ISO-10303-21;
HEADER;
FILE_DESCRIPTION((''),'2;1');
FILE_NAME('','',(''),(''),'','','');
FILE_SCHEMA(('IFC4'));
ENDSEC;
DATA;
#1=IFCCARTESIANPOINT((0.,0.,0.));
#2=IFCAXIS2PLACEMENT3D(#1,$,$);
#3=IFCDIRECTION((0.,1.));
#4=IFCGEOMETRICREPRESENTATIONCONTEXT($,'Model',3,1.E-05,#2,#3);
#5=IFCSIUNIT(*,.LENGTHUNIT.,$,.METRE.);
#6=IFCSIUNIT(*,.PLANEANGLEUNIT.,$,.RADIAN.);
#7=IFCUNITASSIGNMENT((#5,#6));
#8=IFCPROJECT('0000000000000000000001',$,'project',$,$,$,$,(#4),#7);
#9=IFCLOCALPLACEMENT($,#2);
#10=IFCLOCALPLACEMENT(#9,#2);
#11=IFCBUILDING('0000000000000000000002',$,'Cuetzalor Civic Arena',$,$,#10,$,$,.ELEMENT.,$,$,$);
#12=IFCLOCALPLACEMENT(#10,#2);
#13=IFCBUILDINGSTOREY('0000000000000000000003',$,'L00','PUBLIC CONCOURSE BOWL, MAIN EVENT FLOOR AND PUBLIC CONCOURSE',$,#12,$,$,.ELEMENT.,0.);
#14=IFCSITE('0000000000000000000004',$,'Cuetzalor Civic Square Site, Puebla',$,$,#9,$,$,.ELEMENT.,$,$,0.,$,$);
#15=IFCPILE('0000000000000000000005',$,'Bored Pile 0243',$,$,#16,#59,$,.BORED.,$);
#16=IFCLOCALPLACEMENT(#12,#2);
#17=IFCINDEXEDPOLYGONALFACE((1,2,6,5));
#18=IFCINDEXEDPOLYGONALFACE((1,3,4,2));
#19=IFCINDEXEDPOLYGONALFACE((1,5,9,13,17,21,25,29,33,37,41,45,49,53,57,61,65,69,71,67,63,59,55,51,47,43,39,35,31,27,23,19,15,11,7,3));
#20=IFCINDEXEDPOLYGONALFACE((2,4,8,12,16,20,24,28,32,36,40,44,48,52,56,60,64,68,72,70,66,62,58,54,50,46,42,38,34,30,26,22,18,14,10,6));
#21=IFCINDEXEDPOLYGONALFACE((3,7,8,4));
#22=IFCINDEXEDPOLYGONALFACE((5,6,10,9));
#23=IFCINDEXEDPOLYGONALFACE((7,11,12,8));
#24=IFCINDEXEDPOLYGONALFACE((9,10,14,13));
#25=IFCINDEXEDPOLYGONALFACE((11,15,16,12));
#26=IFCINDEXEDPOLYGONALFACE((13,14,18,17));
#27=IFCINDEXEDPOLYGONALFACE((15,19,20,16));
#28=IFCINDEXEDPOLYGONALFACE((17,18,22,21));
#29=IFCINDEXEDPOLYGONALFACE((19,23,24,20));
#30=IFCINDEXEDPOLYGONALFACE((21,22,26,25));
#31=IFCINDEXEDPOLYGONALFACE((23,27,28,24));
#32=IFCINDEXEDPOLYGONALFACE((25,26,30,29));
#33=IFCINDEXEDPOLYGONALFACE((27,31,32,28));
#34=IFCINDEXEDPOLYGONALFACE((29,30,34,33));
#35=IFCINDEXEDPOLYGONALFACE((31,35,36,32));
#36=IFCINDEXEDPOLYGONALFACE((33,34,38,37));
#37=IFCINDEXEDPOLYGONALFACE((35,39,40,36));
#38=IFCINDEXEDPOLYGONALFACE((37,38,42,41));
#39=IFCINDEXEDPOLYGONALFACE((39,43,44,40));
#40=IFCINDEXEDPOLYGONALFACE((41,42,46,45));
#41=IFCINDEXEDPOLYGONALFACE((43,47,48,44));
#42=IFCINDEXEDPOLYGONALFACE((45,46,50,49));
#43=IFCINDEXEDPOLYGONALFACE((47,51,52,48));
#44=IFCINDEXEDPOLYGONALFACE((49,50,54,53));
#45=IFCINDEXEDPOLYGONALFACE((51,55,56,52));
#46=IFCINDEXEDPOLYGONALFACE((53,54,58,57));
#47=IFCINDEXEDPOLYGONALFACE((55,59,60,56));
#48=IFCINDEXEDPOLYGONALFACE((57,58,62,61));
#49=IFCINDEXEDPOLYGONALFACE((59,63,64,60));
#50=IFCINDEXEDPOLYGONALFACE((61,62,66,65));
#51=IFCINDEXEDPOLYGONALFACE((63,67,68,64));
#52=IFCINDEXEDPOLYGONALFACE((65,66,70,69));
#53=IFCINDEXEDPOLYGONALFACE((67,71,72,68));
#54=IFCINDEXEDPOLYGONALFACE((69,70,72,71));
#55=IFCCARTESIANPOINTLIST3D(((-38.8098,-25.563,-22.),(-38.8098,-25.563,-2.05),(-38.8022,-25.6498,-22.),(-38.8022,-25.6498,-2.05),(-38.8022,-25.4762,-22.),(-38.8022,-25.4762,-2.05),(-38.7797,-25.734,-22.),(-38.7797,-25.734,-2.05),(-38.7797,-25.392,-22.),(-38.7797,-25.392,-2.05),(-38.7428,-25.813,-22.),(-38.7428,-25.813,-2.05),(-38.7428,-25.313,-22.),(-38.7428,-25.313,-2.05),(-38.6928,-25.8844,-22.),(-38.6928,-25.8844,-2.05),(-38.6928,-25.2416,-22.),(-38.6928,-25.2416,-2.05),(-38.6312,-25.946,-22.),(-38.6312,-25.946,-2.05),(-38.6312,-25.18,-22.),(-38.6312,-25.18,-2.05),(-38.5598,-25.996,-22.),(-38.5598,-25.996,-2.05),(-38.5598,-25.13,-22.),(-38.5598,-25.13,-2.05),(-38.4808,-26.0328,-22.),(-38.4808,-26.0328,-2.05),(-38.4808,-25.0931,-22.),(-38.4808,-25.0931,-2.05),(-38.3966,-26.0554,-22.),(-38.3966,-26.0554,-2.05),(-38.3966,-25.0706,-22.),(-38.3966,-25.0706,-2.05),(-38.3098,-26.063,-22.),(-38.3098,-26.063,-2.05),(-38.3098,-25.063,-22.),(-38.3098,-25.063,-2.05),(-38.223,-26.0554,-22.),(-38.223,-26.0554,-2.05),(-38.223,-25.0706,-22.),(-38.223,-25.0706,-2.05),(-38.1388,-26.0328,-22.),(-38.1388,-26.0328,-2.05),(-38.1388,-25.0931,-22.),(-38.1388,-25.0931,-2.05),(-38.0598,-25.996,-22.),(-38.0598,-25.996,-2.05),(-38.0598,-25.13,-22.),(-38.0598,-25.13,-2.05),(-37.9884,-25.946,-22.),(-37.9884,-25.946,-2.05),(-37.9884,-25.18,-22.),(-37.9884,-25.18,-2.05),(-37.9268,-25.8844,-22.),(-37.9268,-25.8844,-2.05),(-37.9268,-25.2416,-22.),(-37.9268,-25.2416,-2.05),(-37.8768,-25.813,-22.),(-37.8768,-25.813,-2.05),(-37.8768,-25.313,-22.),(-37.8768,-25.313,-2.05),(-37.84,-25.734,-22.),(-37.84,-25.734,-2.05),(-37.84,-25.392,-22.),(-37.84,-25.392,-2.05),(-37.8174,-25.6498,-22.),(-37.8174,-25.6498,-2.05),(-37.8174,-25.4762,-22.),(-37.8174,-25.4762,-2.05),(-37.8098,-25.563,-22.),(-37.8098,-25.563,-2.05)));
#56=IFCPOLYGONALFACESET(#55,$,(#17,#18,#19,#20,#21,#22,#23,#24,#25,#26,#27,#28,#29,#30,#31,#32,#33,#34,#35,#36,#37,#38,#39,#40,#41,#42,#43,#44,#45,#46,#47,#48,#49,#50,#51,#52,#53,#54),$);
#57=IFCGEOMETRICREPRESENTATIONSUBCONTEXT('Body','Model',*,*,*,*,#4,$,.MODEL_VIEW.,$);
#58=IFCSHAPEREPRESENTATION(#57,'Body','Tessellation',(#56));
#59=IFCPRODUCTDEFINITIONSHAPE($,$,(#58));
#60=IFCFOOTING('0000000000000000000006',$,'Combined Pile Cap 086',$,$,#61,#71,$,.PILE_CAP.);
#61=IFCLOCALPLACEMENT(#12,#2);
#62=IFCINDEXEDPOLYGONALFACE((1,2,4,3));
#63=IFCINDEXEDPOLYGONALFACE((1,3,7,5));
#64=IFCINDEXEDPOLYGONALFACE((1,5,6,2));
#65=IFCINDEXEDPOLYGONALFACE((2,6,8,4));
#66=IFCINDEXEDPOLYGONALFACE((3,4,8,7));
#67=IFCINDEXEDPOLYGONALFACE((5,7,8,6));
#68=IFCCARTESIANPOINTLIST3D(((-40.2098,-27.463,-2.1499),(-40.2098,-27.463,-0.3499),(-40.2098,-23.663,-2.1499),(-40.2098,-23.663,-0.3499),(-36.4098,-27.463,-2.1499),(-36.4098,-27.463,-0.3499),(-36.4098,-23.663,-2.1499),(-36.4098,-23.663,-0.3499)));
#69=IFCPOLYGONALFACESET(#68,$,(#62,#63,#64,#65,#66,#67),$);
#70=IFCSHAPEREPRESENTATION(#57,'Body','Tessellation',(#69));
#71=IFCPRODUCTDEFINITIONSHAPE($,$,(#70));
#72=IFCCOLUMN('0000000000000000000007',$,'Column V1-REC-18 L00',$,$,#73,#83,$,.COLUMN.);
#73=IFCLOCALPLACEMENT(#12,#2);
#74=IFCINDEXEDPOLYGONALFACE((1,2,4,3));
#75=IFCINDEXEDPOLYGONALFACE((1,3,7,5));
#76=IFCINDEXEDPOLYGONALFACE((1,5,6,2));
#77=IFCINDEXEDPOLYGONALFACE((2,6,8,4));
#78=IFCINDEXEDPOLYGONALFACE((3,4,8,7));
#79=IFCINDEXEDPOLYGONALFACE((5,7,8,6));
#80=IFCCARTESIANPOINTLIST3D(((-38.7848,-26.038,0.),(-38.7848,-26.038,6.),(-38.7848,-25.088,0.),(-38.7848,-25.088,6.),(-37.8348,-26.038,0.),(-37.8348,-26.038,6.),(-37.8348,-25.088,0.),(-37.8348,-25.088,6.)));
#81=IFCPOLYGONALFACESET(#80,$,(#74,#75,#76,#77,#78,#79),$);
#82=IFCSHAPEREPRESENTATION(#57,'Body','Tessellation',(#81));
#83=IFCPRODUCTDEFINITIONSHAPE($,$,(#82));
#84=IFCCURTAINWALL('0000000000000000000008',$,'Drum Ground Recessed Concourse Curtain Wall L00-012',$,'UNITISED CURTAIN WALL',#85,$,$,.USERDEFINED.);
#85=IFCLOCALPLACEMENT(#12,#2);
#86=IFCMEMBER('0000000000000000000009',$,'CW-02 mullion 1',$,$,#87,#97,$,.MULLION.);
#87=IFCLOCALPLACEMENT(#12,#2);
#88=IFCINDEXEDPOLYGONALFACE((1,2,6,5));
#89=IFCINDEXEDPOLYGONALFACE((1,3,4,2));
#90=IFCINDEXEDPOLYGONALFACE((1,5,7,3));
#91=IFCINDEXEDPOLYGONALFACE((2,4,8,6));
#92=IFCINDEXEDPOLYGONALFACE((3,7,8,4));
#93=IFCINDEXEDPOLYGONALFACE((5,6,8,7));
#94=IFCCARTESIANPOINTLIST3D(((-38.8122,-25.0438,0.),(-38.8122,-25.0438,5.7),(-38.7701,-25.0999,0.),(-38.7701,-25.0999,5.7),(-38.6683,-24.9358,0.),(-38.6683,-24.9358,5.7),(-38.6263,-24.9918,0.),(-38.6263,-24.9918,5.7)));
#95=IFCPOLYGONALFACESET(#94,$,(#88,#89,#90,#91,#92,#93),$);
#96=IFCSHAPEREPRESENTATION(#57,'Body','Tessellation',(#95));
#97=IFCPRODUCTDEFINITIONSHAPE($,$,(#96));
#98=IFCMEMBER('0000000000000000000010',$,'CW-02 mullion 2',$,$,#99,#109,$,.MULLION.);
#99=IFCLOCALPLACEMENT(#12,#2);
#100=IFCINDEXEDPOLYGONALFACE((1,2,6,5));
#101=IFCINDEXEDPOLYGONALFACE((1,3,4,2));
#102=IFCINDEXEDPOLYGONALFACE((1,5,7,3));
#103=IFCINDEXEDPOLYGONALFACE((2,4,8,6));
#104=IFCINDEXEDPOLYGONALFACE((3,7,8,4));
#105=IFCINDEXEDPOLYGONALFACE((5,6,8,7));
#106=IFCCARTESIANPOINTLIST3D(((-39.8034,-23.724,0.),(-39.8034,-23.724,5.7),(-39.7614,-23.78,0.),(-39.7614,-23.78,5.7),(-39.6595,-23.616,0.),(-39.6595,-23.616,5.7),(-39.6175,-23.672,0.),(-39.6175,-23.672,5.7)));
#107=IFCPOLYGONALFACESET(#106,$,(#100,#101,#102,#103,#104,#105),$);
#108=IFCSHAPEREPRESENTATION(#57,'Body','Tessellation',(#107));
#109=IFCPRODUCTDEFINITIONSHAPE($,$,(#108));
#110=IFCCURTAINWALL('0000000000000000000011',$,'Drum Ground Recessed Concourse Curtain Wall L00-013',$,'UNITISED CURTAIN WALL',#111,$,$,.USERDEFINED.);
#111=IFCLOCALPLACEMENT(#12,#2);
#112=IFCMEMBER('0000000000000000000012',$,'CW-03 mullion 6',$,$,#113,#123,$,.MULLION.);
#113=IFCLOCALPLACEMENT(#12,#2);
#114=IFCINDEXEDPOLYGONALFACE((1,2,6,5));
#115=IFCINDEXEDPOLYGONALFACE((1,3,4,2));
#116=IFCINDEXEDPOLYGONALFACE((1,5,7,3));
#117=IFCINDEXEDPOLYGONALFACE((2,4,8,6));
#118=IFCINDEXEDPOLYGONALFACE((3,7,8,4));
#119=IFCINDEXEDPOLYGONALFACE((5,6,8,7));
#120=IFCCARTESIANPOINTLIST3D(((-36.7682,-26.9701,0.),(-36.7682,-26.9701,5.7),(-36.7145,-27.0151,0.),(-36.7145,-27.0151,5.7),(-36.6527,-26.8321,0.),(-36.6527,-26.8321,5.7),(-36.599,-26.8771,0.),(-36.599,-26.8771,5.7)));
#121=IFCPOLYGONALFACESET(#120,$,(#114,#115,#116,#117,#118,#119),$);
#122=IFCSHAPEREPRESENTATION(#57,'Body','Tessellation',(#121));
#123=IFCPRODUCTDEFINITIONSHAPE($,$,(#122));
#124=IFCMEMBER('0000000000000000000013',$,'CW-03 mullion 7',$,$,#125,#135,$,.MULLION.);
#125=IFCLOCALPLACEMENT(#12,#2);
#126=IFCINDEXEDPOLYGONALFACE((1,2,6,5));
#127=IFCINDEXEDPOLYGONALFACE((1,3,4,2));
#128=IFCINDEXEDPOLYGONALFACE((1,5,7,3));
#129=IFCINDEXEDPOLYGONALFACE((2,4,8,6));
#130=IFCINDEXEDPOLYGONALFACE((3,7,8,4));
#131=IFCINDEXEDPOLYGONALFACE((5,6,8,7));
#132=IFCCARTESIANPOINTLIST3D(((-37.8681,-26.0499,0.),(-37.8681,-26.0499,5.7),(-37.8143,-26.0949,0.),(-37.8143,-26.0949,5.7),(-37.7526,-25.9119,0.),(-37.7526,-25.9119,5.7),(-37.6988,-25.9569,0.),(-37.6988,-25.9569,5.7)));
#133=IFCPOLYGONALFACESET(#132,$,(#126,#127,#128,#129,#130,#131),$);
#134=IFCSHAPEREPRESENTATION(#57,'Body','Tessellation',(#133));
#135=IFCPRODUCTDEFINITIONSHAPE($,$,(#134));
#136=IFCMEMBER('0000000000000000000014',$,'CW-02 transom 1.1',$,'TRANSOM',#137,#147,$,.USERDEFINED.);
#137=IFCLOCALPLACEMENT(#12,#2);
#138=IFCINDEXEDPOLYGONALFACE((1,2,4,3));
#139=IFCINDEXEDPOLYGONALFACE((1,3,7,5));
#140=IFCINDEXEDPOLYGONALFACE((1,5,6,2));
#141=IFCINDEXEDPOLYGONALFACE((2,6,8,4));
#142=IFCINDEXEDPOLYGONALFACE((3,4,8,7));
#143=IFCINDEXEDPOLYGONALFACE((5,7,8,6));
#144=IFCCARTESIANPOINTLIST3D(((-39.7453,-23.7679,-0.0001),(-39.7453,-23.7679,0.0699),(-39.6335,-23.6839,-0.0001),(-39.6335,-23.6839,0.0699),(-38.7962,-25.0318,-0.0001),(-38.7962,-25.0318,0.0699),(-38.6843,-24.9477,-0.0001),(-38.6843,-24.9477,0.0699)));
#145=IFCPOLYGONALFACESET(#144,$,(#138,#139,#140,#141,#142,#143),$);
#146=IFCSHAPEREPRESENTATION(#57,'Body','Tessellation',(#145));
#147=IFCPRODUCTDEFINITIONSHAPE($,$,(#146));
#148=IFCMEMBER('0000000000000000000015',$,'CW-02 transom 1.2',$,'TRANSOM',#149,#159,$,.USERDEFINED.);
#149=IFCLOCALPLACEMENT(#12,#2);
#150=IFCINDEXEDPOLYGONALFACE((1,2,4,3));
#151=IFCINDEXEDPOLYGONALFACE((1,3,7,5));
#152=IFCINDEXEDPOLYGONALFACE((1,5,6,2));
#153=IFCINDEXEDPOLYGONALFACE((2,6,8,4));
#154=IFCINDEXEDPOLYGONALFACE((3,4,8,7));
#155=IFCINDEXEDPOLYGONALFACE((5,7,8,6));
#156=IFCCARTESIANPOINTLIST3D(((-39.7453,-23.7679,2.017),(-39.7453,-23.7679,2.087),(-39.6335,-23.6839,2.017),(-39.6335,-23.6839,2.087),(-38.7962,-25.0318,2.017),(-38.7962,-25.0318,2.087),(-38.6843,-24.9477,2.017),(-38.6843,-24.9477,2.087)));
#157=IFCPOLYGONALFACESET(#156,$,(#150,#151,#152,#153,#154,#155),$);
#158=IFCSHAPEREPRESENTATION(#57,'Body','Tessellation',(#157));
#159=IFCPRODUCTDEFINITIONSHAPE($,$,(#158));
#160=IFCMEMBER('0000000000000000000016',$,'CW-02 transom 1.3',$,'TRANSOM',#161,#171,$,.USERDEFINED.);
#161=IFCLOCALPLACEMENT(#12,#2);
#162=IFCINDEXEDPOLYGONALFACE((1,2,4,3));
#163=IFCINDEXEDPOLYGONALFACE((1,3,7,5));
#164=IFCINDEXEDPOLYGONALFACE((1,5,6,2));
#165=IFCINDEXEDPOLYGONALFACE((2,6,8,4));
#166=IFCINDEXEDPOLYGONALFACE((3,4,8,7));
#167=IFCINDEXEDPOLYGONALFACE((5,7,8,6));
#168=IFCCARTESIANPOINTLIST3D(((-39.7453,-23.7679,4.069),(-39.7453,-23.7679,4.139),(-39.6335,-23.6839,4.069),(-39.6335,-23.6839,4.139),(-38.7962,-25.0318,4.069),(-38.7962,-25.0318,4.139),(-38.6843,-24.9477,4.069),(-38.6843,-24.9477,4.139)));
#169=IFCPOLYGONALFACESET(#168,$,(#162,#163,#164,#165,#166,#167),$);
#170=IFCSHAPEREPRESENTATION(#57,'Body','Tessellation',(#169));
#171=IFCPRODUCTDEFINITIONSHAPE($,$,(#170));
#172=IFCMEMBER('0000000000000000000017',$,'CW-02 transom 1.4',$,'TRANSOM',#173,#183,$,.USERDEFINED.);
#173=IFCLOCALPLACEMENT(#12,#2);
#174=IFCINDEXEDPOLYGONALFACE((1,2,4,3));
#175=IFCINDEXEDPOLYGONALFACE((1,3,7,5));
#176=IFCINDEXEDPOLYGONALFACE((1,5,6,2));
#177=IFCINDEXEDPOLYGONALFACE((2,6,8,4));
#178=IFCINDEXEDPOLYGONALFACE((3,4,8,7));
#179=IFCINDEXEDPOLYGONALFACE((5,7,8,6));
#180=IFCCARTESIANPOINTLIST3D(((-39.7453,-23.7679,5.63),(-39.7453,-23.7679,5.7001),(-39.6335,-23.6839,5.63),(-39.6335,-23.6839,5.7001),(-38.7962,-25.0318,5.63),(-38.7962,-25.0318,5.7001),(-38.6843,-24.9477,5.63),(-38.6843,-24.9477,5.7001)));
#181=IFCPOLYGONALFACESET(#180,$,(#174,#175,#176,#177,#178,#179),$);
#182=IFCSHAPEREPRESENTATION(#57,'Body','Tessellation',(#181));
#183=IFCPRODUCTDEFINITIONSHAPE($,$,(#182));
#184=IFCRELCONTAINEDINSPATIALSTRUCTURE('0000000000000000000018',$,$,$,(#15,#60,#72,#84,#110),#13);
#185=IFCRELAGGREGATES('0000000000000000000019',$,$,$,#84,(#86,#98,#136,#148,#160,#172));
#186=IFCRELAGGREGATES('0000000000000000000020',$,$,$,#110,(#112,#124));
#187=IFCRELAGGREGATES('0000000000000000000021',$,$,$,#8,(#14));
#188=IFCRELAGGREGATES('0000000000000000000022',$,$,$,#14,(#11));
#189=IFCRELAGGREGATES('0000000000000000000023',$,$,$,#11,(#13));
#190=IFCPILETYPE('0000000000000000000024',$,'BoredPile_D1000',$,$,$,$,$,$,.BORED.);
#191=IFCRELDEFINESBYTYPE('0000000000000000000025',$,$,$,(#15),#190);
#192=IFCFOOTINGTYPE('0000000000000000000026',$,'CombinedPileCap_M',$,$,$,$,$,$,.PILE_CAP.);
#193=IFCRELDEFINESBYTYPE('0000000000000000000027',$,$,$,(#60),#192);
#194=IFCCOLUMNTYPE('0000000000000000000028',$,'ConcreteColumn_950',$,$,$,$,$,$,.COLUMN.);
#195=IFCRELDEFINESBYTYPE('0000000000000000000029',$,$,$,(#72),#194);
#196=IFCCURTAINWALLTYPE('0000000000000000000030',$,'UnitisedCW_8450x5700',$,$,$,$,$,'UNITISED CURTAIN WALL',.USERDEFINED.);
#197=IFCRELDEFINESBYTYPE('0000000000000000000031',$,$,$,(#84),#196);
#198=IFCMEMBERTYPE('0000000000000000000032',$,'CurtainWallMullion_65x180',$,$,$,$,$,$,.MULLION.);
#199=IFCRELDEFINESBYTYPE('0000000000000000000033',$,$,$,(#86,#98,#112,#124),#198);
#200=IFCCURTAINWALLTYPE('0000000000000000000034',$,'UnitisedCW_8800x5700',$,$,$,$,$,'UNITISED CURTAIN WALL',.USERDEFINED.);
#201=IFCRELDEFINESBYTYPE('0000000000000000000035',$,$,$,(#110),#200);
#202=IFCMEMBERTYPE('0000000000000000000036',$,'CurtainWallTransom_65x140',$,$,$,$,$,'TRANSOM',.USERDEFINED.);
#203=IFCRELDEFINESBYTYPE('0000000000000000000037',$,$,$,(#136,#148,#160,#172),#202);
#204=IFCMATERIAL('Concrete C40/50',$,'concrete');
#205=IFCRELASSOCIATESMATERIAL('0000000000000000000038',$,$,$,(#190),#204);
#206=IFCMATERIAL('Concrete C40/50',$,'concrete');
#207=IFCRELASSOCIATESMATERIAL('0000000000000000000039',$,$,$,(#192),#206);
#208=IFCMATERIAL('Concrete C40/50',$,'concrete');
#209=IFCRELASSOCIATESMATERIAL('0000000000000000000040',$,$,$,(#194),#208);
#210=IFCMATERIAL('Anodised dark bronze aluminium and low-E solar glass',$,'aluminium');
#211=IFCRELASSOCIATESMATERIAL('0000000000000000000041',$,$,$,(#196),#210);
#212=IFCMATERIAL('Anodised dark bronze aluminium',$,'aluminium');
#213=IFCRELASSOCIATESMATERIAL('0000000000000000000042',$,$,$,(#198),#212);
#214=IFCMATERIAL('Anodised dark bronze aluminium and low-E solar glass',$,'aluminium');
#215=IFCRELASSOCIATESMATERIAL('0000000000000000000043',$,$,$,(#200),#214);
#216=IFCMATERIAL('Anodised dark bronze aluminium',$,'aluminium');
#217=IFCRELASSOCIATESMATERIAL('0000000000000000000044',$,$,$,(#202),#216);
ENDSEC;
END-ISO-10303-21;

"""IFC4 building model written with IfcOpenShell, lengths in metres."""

from ifc_helpers import new_model, si_unit, direction, frame, origin, origin_2d, place, context, subcontext, project, spatial, rectangle, circle, extrude, material, material_profile, profile_set, type_object, element, aggregate, save


model = new_model("IFC4")

# Units and contexts
model_context = context("Model", 3, precision=1e-05, world=origin(), true_north=direction((0.0, 1.0)))
body_context = subcontext(model_context, "Body", "Model", "MODEL_VIEW")
ifc_project = project(units=[si_unit("LENGTHUNIT", "METRE"), si_unit("PLANEANGLEUNIT", "RADIAN")], contexts=[model_context])

# Site, building, storey
site_placement = place(None, origin())
site = spatial("IfcSite", under=ifc_project, at=site_placement, Name="Cuetzalor Civic Square Site, Puebla", CompositionType="ELEMENT", RefElevation=0.0)
building_placement = place(site_placement, origin())
building = spatial("IfcBuilding", under=site, at=building_placement, Name="Cuetzalor Civic Arena", CompositionType="ELEMENT")
storey_placement = place(building_placement, origin())
storey = spatial("IfcBuildingStorey", under=building, at=storey_placement, Name="L00", Description="PUBLIC CONCOURSE BOWL, MAIN EVENT FLOOR AND PUBLIC CONCOURSE", CompositionType="ELEMENT", Elevation=0.0)

# Pile
ifc_material_1 = material(Name="Concrete C40/50", Category="concrete")
ifc_material_profile_1 = material_profile(ifc_material_1, circle(Radius=0.5, at=origin_2d()), Name="BORED PILE D1000")
ifc_profile_set_1 = profile_set([ifc_material_profile_1], Name="Concrete C40/50")
pile_type = type_object("IfcPileType", Name="BoredPile_D1000", PredefinedType="BORED", material=ifc_profile_set_1)
pile_placement = place(storey_placement, frame((-38.3098, -25.563, -2.05), z_axis=(0.0, 0.0, -1.0), x_axis=(1.0, 0.0, 0.0)))
element("IfcPile", 1, at=pile_placement, inside=storey, type_object=pile_type, Name="Bored Pile 0243", PredefinedType="BORED", context=body_context, shape_type="SweptSolid", body=[
    extrude(circle(Radius=0.5, at=origin_2d()), origin(), (0.0, 0.0, 1.0), 19.95),
])

# Footing
ifc_material_2 = material(Name="Concrete C40/50", Category="concrete")
footing_type = type_object("IfcFootingType", Name="CombinedPileCap_M", PredefinedType="PILE_CAP", material=ifc_material_2)
footing_placement = place(storey_placement, frame((-38.3098, -25.563, -2.1499), z_axis=(0.0, 0.0, 1.0), x_axis=(1.0, 0.0, 0.0)))
element("IfcFooting", 2, at=footing_placement, inside=storey, type_object=footing_type, Name="Combined Pile Cap 086", PredefinedType="PILE_CAP", context=body_context, shape_type="SweptSolid", body=[
    extrude(rectangle(XDim=3.8, YDim=3.8, at=origin_2d()), origin(), (0.0, 0.0, 1.0), 1.8),
])

# Column
ifc_material_3 = material(Name="Concrete C40/50", Category="concrete")
ifc_material_profile_2 = material_profile(ifc_material_3, rectangle(XDim=0.95, YDim=0.95, at=origin_2d()), Name="RC 950x950")
ifc_profile_set_2 = profile_set([ifc_material_profile_2], Name="Concrete C40/50")
column_type = type_object("IfcColumnType", Name="ConcreteColumn_950", PredefinedType="COLUMN", material=ifc_profile_set_2)
column_placement = place(storey_placement, frame((-38.3098, -25.563, 0.0), z_axis=(0.0, 0.0, 1.0), x_axis=(1.0, 0.0, 0.0)))
element("IfcColumn", 3, at=column_placement, inside=storey, type_object=column_type, Name="Column V1-REC-18 L00", PredefinedType="COLUMN", context=body_context, shape_type="SweptSolid", body=[
    extrude(rectangle(XDim=0.95, YDim=0.95, at=origin_2d()), origin(), (0.0, 0.0, 1.0), 6.0),
])

# Curtain walls, members
ifc_material_4 = material(Name="Anodised dark bronze aluminium and low-E solar glass", Category="aluminium")
curtain_wall_type_1 = type_object("IfcCurtainWallType", Name="UnitisedCW_8450x5700", ElementType="UNITISED CURTAIN WALL", PredefinedType="USERDEFINED", material=ifc_material_4)
curtain_wall_1_placement = place(storey_placement, origin())
curtain_wall_1 = element("IfcCurtainWall", 4, at=curtain_wall_1_placement, inside=storey, type_object=curtain_wall_type_1, Name="Drum Ground Recessed Concourse Curtain Wall L00-012", ObjectType="UNITISED CURTAIN WALL", PredefinedType="USERDEFINED")
ifc_material_5 = material(Name="Anodised dark bronze aluminium", Category="aluminium")
ifc_material_profile_3 = material_profile(ifc_material_5, rectangle(XDim=0.0701, YDim=0.1799, at=origin_2d()), Name="ALU MULLION 70x180")
ifc_profile_set_3 = profile_set([ifc_material_profile_3], Name="Anodised dark bronze aluminium")
member_type_1 = type_object("IfcMemberType", Name="CurtainWallMullion_65x180", PredefinedType="MULLION", material=ifc_profile_set_3)
member_1_placement = place(storey_placement, frame((-38.7192, -25.0178, 0.0), z_axis=(0.0, 0.0, 1.0), x_axis=(-0.600492, 0.799631, 0.0)))
member_1 = element("IfcMember", 5, at=member_1_placement, type_object=member_type_1, Name="CW-02 mullion 1", PredefinedType="MULLION", context=body_context, shape_type="SweptSolid", body=[
    extrude(rectangle(XDim=0.0701, YDim=0.1799, at=origin_2d()), origin(), (0.0, 0.0, 1.0), 5.7),
])
member_2_placement = place(storey_placement, frame((-39.7104, -23.698, 0.0), z_axis=(0.0, 0.0, 1.0), x_axis=(-0.600492, 0.799631, 0.0)))
member_2 = element("IfcMember", 6, at=member_2_placement, type_object=member_type_1, Name="CW-02 mullion 2", PredefinedType="MULLION", context=body_context, shape_type="SweptSolid", body=[
    extrude(rectangle(XDim=0.0701, YDim=0.1799, at=origin_2d()), origin(), (0.0, 0.0, 1.0), 5.7),
])
ifc_material_6 = material(Name="Anodised dark bronze aluminium and low-E solar glass", Category="aluminium")
curtain_wall_type_2 = type_object("IfcCurtainWallType", Name="UnitisedCW_8800x5700", ElementType="UNITISED CURTAIN WALL", PredefinedType="USERDEFINED", material=ifc_material_6)
curtain_wall_2_placement = place(storey_placement, origin())
curtain_wall_2 = element("IfcCurtainWall", 7, at=curtain_wall_2_placement, inside=storey, type_object=curtain_wall_type_2, Name="Drum Ground Recessed Concourse Curtain Wall L00-013", ObjectType="UNITISED CURTAIN WALL", PredefinedType="USERDEFINED")
member_3_placement = place(storey_placement, frame((-36.6836, -26.9236, 0.0), z_axis=(0.0, 0.0, 1.0), x_axis=(-0.766928, 0.641733, 0.0)))
member_3 = element("IfcMember", 8, at=member_3_placement, type_object=member_type_1, Name="CW-03 mullion 6", PredefinedType="MULLION", context=body_context, shape_type="SweptSolid", body=[
    extrude(rectangle(XDim=0.0701, YDim=0.1799, at=origin_2d()), origin(), (0.0, 0.0, 1.0), 5.7),
])
member_4_placement = place(storey_placement, frame((-37.7834, -26.0034, 0.0), z_axis=(0.0, 0.0, 1.0), x_axis=(-0.766928, 0.641733, 0.0)))
member_4 = element("IfcMember", 9, at=member_4_placement, type_object=member_type_1, Name="CW-03 mullion 7", PredefinedType="MULLION", context=body_context, shape_type="SweptSolid", body=[
    extrude(rectangle(XDim=0.0701, YDim=0.1799, at=origin_2d()), origin(), (0.0, 0.0, 1.0), 5.7),
])

# Members
ifc_material_7 = material(Name="Anodised dark bronze aluminium", Category="aluminium")
ifc_material_profile_4 = material_profile(ifc_material_7, rectangle(XDim=0.1399, YDim=0.0701, at=origin_2d()), Name="ALU TRANSOM 70x140")
ifc_profile_set_4 = profile_set([ifc_material_profile_4], Name="Anodised dark bronze aluminium")
member_type_2 = type_object("IfcMemberType", Name="CurtainWallTransom_65x140", ElementType="TRANSOM", PredefinedType="USERDEFINED", material=ifc_profile_set_4)
member_5_placement = place(storey_placement, frame((-38.7402, -24.9897, 0.0349), z_axis=(-0.600519, 0.799611, 0.0), x_axis=(-0.799611, -0.600519, 0.0)))
member_5 = element("IfcMember", 10, at=member_5_placement, type_object=member_type_2, Name="CW-02 transom 1.1", ObjectType="TRANSOM", PredefinedType="USERDEFINED", context=body_context, shape_type="SweptSolid", body=[
    extrude(rectangle(XDim=0.1399, YDim=0.0701, at=origin_2d()), origin(), (0.0, 0.0, 1.0), 1.5806),
])
member_6_placement = place(storey_placement, frame((-38.7402, -24.9897, 2.052), z_axis=(-0.600519, 0.799611, 0.0), x_axis=(-0.799611, -0.600519, 0.0)))
member_6 = element("IfcMember", 11, at=member_6_placement, type_object=member_type_2, Name="CW-02 transom 1.2", ObjectType="TRANSOM", PredefinedType="USERDEFINED", context=body_context, shape_type="SweptSolid", body=[
    extrude(rectangle(XDim=0.1399, YDim=0.0701, at=origin_2d()), origin(), (0.0, 0.0, 1.0), 1.5806),
])
member_7_placement = place(storey_placement, frame((-38.7402, -24.9897, 4.104), z_axis=(-0.600519, 0.799611, 0.0), x_axis=(-0.799611, -0.600519, 0.0)))
member_7 = element("IfcMember", 12, at=member_7_placement, type_object=member_type_2, Name="CW-02 transom 1.3", ObjectType="TRANSOM", PredefinedType="USERDEFINED", context=body_context, shape_type="SweptSolid", body=[
    extrude(rectangle(XDim=0.1399, YDim=0.0701, at=origin_2d()), origin(), (0.0, 0.0, 1.0), 1.5806),
])
member_8_placement = place(storey_placement, frame((-38.7402, -24.9897, 5.665), z_axis=(-0.600519, 0.799611, 0.0), x_axis=(-0.799611, -0.600519, 0.0)))
member_8 = element("IfcMember", 13, at=member_8_placement, type_object=member_type_2, Name="CW-02 transom 1.4", ObjectType="TRANSOM", PredefinedType="USERDEFINED", context=body_context, shape_type="SweptSolid", body=[
    extrude(rectangle(XDim=0.1399, YDim=0.0701, at=origin_2d()), origin(), (0.0, 0.0, 1.0), 1.5806),
])

aggregate(curtain_wall_1, [member_1, member_2, member_5, member_6, member_7, member_8])
aggregate(curtain_wall_2, [member_3, member_4])

save(model, "model.ifc")
